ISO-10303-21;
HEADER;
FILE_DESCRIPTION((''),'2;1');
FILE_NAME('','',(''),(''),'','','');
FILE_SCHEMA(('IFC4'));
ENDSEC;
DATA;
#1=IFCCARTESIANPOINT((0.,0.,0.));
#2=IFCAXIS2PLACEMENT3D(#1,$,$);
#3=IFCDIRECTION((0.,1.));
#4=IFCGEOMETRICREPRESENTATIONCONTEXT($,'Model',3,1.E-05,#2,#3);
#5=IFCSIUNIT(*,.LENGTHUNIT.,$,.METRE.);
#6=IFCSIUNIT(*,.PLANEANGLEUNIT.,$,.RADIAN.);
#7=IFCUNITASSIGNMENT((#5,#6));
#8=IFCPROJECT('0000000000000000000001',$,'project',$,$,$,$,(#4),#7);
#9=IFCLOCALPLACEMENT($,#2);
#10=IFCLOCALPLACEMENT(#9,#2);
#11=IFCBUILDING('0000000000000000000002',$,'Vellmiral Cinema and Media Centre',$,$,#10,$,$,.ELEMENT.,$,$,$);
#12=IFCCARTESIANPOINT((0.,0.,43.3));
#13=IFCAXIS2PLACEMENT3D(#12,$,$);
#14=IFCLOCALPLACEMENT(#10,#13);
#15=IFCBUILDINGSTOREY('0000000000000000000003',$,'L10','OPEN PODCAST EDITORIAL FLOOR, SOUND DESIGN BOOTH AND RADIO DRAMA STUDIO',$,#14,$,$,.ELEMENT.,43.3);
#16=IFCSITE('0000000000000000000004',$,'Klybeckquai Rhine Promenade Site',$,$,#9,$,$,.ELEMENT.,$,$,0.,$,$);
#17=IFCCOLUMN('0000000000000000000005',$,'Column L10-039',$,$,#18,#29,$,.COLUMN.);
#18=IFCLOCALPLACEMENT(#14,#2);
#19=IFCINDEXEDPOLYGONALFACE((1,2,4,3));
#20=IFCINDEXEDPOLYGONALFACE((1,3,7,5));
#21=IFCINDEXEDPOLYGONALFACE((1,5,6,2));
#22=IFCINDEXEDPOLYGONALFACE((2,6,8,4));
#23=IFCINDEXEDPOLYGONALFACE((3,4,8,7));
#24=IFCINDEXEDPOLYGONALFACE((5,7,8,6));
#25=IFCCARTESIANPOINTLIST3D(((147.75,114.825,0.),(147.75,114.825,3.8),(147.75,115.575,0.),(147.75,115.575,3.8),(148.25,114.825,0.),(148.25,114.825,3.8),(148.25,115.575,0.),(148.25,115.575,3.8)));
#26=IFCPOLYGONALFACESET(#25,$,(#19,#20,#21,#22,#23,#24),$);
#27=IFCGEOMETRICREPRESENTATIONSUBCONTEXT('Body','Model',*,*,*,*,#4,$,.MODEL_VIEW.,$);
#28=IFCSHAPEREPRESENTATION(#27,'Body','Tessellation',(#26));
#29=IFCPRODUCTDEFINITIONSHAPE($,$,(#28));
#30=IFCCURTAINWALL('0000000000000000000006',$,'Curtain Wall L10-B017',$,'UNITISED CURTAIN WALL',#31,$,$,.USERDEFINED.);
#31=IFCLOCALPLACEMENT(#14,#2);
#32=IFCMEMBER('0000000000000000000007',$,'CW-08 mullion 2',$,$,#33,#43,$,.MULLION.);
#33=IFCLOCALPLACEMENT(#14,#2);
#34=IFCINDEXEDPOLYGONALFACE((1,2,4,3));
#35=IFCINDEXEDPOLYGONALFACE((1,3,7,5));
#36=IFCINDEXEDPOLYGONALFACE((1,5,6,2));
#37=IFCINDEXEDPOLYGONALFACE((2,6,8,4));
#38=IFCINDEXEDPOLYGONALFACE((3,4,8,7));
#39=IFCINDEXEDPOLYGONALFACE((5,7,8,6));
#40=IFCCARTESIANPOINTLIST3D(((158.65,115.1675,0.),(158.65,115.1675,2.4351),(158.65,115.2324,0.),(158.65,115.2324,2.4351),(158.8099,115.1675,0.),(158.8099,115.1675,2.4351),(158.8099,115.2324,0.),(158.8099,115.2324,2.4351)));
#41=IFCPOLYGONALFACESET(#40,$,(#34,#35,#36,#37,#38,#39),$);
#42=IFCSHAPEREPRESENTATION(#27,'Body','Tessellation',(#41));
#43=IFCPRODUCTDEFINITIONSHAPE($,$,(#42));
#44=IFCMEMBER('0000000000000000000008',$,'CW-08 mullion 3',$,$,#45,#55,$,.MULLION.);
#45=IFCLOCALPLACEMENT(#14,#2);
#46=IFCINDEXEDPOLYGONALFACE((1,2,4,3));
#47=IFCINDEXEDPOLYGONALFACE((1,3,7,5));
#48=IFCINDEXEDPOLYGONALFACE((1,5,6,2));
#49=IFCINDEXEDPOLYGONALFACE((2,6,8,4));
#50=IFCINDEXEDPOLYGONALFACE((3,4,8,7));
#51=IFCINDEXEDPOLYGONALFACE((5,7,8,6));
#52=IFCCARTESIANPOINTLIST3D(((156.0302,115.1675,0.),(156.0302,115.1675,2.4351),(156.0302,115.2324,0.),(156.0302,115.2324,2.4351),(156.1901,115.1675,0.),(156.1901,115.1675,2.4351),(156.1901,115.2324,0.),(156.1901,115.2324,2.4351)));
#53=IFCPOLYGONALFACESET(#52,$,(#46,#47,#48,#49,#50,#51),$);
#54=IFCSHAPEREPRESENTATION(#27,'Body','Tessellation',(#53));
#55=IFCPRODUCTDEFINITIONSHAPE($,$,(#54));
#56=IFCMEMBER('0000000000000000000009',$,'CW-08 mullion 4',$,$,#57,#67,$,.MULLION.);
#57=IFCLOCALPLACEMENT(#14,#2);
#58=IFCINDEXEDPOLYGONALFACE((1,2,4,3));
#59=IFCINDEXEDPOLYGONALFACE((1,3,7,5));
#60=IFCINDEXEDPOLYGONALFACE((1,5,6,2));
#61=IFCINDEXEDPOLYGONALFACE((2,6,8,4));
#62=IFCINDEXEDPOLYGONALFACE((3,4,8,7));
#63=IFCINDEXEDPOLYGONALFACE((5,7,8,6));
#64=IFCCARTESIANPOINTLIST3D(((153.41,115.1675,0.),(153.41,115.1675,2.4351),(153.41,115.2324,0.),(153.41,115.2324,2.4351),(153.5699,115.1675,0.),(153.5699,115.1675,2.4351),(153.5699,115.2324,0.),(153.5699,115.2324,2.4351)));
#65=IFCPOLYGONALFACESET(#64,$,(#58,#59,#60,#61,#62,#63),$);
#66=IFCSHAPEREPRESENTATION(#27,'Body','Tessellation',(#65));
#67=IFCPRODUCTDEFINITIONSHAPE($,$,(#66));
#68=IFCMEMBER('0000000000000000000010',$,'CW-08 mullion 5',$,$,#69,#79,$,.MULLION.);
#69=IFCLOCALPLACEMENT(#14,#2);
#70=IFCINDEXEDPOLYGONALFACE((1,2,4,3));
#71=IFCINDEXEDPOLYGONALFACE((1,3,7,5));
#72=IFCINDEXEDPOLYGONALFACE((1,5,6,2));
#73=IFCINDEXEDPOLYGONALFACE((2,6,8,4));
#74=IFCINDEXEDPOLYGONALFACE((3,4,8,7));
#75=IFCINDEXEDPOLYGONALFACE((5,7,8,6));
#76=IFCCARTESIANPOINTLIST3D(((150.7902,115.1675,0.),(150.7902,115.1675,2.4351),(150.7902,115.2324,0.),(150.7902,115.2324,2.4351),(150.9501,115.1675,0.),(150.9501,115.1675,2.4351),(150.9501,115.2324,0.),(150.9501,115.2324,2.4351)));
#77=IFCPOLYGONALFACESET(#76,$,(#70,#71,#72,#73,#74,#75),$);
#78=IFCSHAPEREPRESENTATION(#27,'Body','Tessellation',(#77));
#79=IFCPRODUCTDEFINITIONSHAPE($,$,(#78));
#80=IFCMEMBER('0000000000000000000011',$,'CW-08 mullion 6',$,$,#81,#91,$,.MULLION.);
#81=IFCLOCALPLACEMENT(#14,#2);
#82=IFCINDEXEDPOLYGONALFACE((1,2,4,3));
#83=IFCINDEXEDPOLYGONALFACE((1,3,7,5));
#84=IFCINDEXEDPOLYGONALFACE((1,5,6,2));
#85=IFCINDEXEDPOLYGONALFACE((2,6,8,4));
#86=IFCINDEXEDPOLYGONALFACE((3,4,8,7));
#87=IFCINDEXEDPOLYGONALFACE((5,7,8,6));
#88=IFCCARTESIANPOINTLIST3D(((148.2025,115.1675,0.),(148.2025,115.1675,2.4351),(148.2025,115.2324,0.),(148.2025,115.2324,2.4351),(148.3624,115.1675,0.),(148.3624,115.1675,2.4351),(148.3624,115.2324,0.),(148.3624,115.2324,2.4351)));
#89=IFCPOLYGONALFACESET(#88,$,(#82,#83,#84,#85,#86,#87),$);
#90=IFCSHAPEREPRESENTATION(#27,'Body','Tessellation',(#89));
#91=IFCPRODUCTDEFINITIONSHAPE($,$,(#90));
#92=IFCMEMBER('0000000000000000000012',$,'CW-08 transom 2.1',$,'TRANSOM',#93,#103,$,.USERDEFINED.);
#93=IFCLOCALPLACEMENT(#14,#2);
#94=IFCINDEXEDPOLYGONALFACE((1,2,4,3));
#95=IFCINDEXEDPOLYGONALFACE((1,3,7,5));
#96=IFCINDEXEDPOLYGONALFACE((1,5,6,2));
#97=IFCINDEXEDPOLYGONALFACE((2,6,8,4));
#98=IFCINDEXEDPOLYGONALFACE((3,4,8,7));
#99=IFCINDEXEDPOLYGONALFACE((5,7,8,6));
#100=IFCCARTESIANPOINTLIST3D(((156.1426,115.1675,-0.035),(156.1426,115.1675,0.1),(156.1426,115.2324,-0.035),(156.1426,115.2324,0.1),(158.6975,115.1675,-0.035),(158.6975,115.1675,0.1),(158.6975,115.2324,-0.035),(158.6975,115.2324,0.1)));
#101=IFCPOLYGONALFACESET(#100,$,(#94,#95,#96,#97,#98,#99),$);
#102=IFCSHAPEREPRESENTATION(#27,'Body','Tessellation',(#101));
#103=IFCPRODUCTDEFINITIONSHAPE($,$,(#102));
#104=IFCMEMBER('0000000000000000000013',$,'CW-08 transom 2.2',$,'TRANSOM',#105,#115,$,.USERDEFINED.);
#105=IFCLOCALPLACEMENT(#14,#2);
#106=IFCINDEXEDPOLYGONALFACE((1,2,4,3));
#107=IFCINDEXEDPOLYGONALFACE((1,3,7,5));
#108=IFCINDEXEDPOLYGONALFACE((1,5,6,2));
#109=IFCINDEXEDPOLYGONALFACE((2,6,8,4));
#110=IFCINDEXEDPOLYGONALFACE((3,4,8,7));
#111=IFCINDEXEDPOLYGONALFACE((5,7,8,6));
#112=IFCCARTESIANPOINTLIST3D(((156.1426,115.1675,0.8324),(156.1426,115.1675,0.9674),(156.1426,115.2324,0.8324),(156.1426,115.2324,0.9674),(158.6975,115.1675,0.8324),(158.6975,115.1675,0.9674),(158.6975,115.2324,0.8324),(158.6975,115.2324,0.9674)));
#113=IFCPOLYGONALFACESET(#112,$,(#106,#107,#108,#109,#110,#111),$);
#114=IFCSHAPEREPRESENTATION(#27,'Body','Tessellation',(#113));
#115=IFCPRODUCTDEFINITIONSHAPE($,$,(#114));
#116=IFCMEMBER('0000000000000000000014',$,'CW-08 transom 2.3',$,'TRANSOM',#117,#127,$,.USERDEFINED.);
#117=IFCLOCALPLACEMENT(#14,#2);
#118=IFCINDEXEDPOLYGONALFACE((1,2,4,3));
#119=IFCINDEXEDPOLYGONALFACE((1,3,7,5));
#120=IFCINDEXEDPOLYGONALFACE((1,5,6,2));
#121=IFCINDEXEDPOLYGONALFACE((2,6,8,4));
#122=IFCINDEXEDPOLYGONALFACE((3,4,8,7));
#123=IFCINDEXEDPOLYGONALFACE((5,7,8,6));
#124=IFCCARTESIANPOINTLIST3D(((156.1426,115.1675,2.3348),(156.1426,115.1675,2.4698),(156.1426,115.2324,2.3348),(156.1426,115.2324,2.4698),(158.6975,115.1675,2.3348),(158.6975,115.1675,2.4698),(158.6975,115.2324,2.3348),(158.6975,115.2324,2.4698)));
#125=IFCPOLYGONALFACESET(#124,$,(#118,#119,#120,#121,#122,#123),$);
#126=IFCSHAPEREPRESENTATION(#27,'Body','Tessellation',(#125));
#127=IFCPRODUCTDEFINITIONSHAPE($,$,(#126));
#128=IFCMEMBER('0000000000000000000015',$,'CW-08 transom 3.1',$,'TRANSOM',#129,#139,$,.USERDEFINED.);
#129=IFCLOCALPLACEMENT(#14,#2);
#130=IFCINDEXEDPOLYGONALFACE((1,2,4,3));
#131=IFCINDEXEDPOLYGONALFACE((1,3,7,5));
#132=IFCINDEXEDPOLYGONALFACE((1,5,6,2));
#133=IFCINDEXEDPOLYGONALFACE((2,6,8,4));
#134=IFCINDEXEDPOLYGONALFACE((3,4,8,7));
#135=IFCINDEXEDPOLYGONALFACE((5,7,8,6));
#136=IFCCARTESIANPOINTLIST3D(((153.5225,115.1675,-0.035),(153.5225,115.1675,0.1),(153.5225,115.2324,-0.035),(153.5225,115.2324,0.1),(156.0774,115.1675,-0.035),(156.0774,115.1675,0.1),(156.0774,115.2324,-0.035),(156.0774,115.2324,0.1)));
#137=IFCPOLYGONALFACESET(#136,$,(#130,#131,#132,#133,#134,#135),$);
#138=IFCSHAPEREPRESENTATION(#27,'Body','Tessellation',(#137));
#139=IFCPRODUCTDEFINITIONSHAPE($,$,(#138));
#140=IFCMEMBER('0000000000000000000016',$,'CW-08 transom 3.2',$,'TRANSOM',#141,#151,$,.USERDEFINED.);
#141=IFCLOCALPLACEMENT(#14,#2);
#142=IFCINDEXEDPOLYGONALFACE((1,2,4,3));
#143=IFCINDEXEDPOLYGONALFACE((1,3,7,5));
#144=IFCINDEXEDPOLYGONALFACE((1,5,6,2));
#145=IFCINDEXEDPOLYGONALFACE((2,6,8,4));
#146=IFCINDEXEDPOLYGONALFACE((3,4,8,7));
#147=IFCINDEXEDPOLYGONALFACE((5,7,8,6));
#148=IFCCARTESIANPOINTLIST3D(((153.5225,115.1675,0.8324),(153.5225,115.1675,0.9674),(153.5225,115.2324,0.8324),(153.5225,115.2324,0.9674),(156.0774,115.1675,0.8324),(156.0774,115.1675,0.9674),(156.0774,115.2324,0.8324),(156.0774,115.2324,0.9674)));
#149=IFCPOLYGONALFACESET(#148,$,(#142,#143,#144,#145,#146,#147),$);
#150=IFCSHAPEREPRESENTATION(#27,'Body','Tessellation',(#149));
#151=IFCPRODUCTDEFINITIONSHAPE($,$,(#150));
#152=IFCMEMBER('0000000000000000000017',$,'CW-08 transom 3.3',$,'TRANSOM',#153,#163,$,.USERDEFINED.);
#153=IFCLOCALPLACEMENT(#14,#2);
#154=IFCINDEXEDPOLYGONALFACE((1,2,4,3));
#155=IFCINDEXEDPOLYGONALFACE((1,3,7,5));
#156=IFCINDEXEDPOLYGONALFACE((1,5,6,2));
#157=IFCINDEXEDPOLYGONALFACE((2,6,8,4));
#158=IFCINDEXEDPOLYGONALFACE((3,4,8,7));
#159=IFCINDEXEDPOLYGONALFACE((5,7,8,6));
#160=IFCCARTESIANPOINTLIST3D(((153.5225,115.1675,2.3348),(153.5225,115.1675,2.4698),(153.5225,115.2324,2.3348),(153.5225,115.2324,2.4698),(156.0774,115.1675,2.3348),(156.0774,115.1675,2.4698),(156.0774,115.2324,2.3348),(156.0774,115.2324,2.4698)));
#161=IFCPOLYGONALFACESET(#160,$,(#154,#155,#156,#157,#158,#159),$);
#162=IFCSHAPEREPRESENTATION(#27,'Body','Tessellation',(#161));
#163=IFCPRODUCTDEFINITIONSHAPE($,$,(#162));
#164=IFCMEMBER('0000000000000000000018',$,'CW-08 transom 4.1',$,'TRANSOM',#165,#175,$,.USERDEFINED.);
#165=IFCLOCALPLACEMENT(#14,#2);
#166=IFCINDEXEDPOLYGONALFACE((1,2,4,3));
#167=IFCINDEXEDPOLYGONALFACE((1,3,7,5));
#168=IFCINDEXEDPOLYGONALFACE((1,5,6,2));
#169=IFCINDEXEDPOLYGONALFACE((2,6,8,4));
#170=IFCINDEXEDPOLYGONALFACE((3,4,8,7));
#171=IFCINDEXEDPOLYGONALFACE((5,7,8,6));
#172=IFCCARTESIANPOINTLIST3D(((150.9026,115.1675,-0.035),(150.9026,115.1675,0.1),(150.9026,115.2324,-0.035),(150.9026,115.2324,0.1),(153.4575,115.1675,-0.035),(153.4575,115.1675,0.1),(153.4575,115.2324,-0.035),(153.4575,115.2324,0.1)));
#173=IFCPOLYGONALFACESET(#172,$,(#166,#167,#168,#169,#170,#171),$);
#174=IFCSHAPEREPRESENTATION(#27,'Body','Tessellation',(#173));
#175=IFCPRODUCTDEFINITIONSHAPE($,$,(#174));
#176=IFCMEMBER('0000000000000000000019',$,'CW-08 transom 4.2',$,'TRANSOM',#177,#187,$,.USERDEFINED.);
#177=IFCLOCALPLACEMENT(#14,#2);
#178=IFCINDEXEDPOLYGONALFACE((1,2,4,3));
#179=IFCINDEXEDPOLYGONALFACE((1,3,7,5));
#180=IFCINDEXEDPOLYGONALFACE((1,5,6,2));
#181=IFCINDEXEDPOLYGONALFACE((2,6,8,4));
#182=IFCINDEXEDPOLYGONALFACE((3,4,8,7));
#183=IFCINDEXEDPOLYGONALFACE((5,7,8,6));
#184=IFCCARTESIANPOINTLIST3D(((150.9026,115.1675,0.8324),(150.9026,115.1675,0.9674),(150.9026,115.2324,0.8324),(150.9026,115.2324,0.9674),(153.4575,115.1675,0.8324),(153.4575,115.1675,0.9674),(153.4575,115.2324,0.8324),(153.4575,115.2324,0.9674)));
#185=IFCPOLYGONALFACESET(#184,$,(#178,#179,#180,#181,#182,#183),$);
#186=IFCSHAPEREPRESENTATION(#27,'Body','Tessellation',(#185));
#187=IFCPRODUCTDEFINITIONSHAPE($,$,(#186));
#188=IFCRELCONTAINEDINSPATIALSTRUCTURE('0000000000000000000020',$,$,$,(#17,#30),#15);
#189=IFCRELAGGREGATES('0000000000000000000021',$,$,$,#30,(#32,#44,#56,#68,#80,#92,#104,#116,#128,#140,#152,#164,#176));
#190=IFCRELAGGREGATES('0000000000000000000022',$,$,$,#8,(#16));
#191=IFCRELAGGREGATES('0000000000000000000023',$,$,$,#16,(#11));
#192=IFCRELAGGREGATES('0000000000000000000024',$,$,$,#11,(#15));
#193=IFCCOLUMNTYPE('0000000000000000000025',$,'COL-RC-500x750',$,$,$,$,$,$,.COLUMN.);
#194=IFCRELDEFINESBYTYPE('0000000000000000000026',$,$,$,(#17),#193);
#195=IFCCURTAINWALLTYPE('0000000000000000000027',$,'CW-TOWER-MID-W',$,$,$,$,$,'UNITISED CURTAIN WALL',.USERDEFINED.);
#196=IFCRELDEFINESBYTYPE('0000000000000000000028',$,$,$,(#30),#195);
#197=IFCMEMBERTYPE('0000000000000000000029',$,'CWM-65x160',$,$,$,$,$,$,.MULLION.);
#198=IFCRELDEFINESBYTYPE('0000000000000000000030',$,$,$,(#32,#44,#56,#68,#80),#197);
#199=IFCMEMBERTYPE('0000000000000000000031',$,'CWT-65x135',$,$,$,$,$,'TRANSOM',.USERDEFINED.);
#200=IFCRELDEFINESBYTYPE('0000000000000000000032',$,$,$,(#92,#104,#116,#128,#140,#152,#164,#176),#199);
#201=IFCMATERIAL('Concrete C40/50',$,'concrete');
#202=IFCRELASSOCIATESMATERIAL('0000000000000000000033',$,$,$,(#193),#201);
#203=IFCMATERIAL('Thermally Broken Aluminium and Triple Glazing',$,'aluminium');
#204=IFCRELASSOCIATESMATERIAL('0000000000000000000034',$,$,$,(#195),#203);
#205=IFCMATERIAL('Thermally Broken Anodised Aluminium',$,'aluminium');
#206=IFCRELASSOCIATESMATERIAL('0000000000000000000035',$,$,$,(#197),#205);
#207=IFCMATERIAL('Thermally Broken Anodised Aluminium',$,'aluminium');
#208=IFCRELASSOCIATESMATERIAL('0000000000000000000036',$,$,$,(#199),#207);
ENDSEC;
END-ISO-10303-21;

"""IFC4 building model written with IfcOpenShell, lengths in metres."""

from ifc_helpers import new_model, si_unit, direction, frame, origin, origin_2d, place, context, subcontext, project, spatial, rectangle, extrude, material, material_profile, profile_set, type_object, element, aggregate, save


model = new_model("IFC4")

# Units and contexts
model_context = context("Model", 3, precision=1e-05, world=origin(), true_north=direction((0.0, 1.0)))
body_context = subcontext(model_context, "Body", "Model", "MODEL_VIEW")
ifc_project = project(units=[si_unit("LENGTHUNIT", "METRE"), si_unit("PLANEANGLEUNIT", "RADIAN")], contexts=[model_context])

# Site, building, storey
site_placement = place(None, origin())
site = spatial("IfcSite", under=ifc_project, at=site_placement, Name="Klybeckquai Rhine Promenade Site", CompositionType="ELEMENT", RefElevation=0.0)
building_placement = place(site_placement, origin())
building = spatial("IfcBuilding", under=site, at=building_placement, Name="Vellmiral Cinema and Media Centre", CompositionType="ELEMENT")
storey_placement = place(building_placement, frame((0.0, 0.0, 43.3)))
storey = spatial("IfcBuildingStorey", under=building, at=storey_placement, Name="L10", Description="OPEN PODCAST EDITORIAL FLOOR, SOUND DESIGN BOOTH AND RADIO DRAMA STUDIO", CompositionType="ELEMENT", Elevation=43.3)

# Column
ifc_material_1 = material(Name="Concrete C40/50", Category="concrete")
ifc_material_profile_1 = material_profile(ifc_material_1, rectangle(XDim=0.5, YDim=0.75, at=origin_2d()), Name="RC 500x750")
ifc_profile_set_1 = profile_set([ifc_material_profile_1], Name="Concrete C40/50")
column_type = type_object("IfcColumnType", Name="COL-RC-500x750", PredefinedType="COLUMN", material=ifc_profile_set_1)
column_placement = place(storey_placement, frame((148.0, 115.2, 0.0), z_axis=(0.0, 0.0, 1.0), x_axis=(1.0, 0.0, 0.0)))
element("IfcColumn", 1, at=column_placement, inside=storey, type_object=column_type, Name="Column L10-039", PredefinedType="COLUMN", context=body_context, shape_type="SweptSolid", body=[
    extrude(rectangle(XDim=0.5, YDim=0.75, at=origin_2d()), origin(), (0.0, 0.0, 1.0), 3.8),
])

# Curtain wall, members
ifc_material_2 = material(Name="Thermally Broken Aluminium and Triple Glazing", Category="aluminium")
curtain_wall_type = type_object("IfcCurtainWallType", Name="CW-TOWER-MID-W", ElementType="UNITISED CURTAIN WALL", PredefinedType="USERDEFINED", material=ifc_material_2)
curtain_wall_placement = place(storey_placement, origin())
curtain_wall = element("IfcCurtainWall", 2, at=curtain_wall_placement, inside=storey, type_object=curtain_wall_type, Name="Curtain Wall L10-B017", ObjectType="UNITISED CURTAIN WALL", PredefinedType="USERDEFINED")
ifc_material_3 = material(Name="Thermally Broken Anodised Aluminium", Category="aluminium")
ifc_material_profile_2 = material_profile(ifc_material_3, rectangle(XDim=0.0649, YDim=0.1599, at=origin_2d()), Name="MULL 65x160")
ifc_profile_set_2 = profile_set([ifc_material_profile_2], Name="Thermally Broken Anodised Aluminium")
member_type_1 = type_object("IfcMemberType", Name="CWM-65x160", PredefinedType="MULLION", material=ifc_profile_set_2)
member_1_placement = place(storey_placement, frame((158.73, 115.2, 0.0), z_axis=(0.0, 0.0, 1.0), x_axis=(0.0, -1.0, 0.0)))
member_1 = element("IfcMember", 3, at=member_1_placement, type_object=member_type_1, Name="CW-08 mullion 2", PredefinedType="MULLION", context=body_context, shape_type="SweptSolid", body=[
    extrude(rectangle(XDim=0.0649, YDim=0.1599, at=origin_2d()), origin(), (0.0, 0.0, 1.0), 2.4351),
])
member_2_placement = place(storey_placement, frame((156.1101, 115.2, 0.0), z_axis=(0.0, 0.0, 1.0), x_axis=(0.0, -1.0, 0.0)))
member_2 = element("IfcMember", 4, at=member_2_placement, type_object=member_type_1, Name="CW-08 mullion 3", PredefinedType="MULLION", context=body_context, shape_type="SweptSolid", body=[
    extrude(rectangle(XDim=0.0649, YDim=0.1599, at=origin_2d()), origin(), (0.0, 0.0, 1.0), 2.4351),
])
member_3_placement = place(storey_placement, frame((153.49, 115.2, 0.0), z_axis=(0.0, 0.0, 1.0), x_axis=(0.0, -1.0, 0.0)))
member_3 = element("IfcMember", 5, at=member_3_placement, type_object=member_type_1, Name="CW-08 mullion 4", PredefinedType="MULLION", context=body_context, shape_type="SweptSolid", body=[
    extrude(rectangle(XDim=0.0649, YDim=0.1599, at=origin_2d()), origin(), (0.0, 0.0, 1.0), 2.4351),
])
member_4_placement = place(storey_placement, frame((150.8701, 115.2, 0.0), z_axis=(0.0, 0.0, 1.0), x_axis=(0.0, -1.0, 0.0)))
member_4 = element("IfcMember", 6, at=member_4_placement, type_object=member_type_1, Name="CW-08 mullion 5", PredefinedType="MULLION", context=body_context, shape_type="SweptSolid", body=[
    extrude(rectangle(XDim=0.0649, YDim=0.1599, at=origin_2d()), origin(), (0.0, 0.0, 1.0), 2.4351),
])
member_5_placement = place(storey_placement, frame((148.2825, 115.2, 0.0), z_axis=(0.0, 0.0, 1.0), x_axis=(0.0, -1.0, 0.0)))
member_5 = element("IfcMember", 7, at=member_5_placement, type_object=member_type_1, Name="CW-08 mullion 6", PredefinedType="MULLION", context=body_context, shape_type="SweptSolid", body=[
    extrude(rectangle(XDim=0.0649, YDim=0.1599, at=origin_2d()), origin(), (0.0, 0.0, 1.0), 2.4351),
])
ifc_material_4 = material(Name="Thermally Broken Anodised Aluminium", Category="aluminium")
ifc_material_profile_3 = material_profile(ifc_material_4, rectangle(XDim=0.0649, YDim=0.135, at=origin_2d()), Name="MULL 65x135")
ifc_profile_set_3 = profile_set([ifc_material_profile_3], Name="Thermally Broken Anodised Aluminium")
member_type_2 = type_object("IfcMemberType", Name="CWT-65x135", ElementType="TRANSOM", PredefinedType="USERDEFINED", material=ifc_profile_set_3)
member_6_placement = place(storey_placement, frame((158.6975, 115.2, 0.0325), z_axis=(-1.0, 0.0, 0.0), x_axis=(0.0, -1.0, 0.0)))
member_6 = element("IfcMember", 8, at=member_6_placement, type_object=member_type_2, Name="CW-08 transom 2.1", ObjectType="TRANSOM", PredefinedType="USERDEFINED", context=body_context, shape_type="SweptSolid", body=[
    extrude(rectangle(XDim=0.0649, YDim=0.135, at=origin_2d()), origin(), (0.0, 0.0, 1.0), 2.5549),
])
member_7_placement = place(storey_placement, frame((158.6975, 115.2, 0.8999), z_axis=(-1.0, 0.0, 0.0), x_axis=(0.0, -1.0, 0.0)))
member_7 = element("IfcMember", 9, at=member_7_placement, type_object=member_type_2, Name="CW-08 transom 2.2", ObjectType="TRANSOM", PredefinedType="USERDEFINED", context=body_context, shape_type="SweptSolid", body=[
    extrude(rectangle(XDim=0.0649, YDim=0.135, at=origin_2d()), origin(), (0.0, 0.0, 1.0), 2.5549),
])
member_8_placement = place(storey_placement, frame((158.6975, 115.2, 2.4023), z_axis=(-1.0, 0.0, 0.0), x_axis=(0.0, -1.0, 0.0)))
member_8 = element("IfcMember", 10, at=member_8_placement, type_object=member_type_2, Name="CW-08 transom 2.3", ObjectType="TRANSOM", PredefinedType="USERDEFINED", context=body_context, shape_type="SweptSolid", body=[
    extrude(rectangle(XDim=0.0649, YDim=0.135, at=origin_2d()), origin(), (0.0, 0.0, 1.0), 2.5549),
])
member_9_placement = place(storey_placement, frame((156.0774, 115.2, 0.0325), z_axis=(-1.0, 0.0, 0.0), x_axis=(0.0, -1.0, 0.0)))
member_9 = element("IfcMember", 11, at=member_9_placement, type_object=member_type_2, Name="CW-08 transom 3.1", ObjectType="TRANSOM", PredefinedType="USERDEFINED", context=body_context, shape_type="SweptSolid", body=[
    extrude(rectangle(XDim=0.0649, YDim=0.135, at=origin_2d()), origin(), (0.0, 0.0, 1.0), 2.5549),
])
member_10_placement = place(storey_placement, frame((156.0774, 115.2, 0.8999), z_axis=(-1.0, 0.0, 0.0), x_axis=(0.0, -1.0, 0.0)))
member_10 = element("IfcMember", 12, at=member_10_placement, type_object=member_type_2, Name="CW-08 transom 3.2", ObjectType="TRANSOM", PredefinedType="USERDEFINED", context=body_context, shape_type="SweptSolid", body=[
    extrude(rectangle(XDim=0.0649, YDim=0.135, at=origin_2d()), origin(), (0.0, 0.0, 1.0), 2.5549),
])
member_11_placement = place(storey_placement, frame((156.0774, 115.2, 2.4023), z_axis=(-1.0, 0.0, 0.0), x_axis=(0.0, -1.0, 0.0)))
member_11 = element("IfcMember", 13, at=member_11_placement, type_object=member_type_2, Name="CW-08 transom 3.3", ObjectType="TRANSOM", PredefinedType="USERDEFINED", context=body_context, shape_type="SweptSolid", body=[
    extrude(rectangle(XDim=0.0649, YDim=0.135, at=origin_2d()), origin(), (0.0, 0.0, 1.0), 2.5549),
])
member_12_placement = place(storey_placement, frame((153.4575, 115.2, 0.0325), z_axis=(-1.0, 0.0, 0.0), x_axis=(0.0, -1.0, 0.0)))
member_12 = element("IfcMember", 14, at=member_12_placement, type_object=member_type_2, Name="CW-08 transom 4.1", ObjectType="TRANSOM", PredefinedType="USERDEFINED", context=body_context, shape_type="SweptSolid", body=[
    extrude(rectangle(XDim=0.0649, YDim=0.135, at=origin_2d()), origin(), (0.0, 0.0, 1.0), 2.5549),
])
member_13_placement = place(storey_placement, frame((153.4575, 115.2, 0.8999), z_axis=(-1.0, 0.0, 0.0), x_axis=(0.0, -1.0, 0.0)))
member_13 = element("IfcMember", 15, at=member_13_placement, type_object=member_type_2, Name="CW-08 transom 4.2", ObjectType="TRANSOM", PredefinedType="USERDEFINED", context=body_context, shape_type="SweptSolid", body=[
    extrude(rectangle(XDim=0.0649, YDim=0.135, at=origin_2d()), origin(), (0.0, 0.0, 1.0), 2.5549),
])

aggregate(curtain_wall, [member_1, member_2, member_3, member_4, member_5, member_6, member_7, member_8, member_9, member_10, member_11, member_12, member_13])

save(model, "model.ifc")
